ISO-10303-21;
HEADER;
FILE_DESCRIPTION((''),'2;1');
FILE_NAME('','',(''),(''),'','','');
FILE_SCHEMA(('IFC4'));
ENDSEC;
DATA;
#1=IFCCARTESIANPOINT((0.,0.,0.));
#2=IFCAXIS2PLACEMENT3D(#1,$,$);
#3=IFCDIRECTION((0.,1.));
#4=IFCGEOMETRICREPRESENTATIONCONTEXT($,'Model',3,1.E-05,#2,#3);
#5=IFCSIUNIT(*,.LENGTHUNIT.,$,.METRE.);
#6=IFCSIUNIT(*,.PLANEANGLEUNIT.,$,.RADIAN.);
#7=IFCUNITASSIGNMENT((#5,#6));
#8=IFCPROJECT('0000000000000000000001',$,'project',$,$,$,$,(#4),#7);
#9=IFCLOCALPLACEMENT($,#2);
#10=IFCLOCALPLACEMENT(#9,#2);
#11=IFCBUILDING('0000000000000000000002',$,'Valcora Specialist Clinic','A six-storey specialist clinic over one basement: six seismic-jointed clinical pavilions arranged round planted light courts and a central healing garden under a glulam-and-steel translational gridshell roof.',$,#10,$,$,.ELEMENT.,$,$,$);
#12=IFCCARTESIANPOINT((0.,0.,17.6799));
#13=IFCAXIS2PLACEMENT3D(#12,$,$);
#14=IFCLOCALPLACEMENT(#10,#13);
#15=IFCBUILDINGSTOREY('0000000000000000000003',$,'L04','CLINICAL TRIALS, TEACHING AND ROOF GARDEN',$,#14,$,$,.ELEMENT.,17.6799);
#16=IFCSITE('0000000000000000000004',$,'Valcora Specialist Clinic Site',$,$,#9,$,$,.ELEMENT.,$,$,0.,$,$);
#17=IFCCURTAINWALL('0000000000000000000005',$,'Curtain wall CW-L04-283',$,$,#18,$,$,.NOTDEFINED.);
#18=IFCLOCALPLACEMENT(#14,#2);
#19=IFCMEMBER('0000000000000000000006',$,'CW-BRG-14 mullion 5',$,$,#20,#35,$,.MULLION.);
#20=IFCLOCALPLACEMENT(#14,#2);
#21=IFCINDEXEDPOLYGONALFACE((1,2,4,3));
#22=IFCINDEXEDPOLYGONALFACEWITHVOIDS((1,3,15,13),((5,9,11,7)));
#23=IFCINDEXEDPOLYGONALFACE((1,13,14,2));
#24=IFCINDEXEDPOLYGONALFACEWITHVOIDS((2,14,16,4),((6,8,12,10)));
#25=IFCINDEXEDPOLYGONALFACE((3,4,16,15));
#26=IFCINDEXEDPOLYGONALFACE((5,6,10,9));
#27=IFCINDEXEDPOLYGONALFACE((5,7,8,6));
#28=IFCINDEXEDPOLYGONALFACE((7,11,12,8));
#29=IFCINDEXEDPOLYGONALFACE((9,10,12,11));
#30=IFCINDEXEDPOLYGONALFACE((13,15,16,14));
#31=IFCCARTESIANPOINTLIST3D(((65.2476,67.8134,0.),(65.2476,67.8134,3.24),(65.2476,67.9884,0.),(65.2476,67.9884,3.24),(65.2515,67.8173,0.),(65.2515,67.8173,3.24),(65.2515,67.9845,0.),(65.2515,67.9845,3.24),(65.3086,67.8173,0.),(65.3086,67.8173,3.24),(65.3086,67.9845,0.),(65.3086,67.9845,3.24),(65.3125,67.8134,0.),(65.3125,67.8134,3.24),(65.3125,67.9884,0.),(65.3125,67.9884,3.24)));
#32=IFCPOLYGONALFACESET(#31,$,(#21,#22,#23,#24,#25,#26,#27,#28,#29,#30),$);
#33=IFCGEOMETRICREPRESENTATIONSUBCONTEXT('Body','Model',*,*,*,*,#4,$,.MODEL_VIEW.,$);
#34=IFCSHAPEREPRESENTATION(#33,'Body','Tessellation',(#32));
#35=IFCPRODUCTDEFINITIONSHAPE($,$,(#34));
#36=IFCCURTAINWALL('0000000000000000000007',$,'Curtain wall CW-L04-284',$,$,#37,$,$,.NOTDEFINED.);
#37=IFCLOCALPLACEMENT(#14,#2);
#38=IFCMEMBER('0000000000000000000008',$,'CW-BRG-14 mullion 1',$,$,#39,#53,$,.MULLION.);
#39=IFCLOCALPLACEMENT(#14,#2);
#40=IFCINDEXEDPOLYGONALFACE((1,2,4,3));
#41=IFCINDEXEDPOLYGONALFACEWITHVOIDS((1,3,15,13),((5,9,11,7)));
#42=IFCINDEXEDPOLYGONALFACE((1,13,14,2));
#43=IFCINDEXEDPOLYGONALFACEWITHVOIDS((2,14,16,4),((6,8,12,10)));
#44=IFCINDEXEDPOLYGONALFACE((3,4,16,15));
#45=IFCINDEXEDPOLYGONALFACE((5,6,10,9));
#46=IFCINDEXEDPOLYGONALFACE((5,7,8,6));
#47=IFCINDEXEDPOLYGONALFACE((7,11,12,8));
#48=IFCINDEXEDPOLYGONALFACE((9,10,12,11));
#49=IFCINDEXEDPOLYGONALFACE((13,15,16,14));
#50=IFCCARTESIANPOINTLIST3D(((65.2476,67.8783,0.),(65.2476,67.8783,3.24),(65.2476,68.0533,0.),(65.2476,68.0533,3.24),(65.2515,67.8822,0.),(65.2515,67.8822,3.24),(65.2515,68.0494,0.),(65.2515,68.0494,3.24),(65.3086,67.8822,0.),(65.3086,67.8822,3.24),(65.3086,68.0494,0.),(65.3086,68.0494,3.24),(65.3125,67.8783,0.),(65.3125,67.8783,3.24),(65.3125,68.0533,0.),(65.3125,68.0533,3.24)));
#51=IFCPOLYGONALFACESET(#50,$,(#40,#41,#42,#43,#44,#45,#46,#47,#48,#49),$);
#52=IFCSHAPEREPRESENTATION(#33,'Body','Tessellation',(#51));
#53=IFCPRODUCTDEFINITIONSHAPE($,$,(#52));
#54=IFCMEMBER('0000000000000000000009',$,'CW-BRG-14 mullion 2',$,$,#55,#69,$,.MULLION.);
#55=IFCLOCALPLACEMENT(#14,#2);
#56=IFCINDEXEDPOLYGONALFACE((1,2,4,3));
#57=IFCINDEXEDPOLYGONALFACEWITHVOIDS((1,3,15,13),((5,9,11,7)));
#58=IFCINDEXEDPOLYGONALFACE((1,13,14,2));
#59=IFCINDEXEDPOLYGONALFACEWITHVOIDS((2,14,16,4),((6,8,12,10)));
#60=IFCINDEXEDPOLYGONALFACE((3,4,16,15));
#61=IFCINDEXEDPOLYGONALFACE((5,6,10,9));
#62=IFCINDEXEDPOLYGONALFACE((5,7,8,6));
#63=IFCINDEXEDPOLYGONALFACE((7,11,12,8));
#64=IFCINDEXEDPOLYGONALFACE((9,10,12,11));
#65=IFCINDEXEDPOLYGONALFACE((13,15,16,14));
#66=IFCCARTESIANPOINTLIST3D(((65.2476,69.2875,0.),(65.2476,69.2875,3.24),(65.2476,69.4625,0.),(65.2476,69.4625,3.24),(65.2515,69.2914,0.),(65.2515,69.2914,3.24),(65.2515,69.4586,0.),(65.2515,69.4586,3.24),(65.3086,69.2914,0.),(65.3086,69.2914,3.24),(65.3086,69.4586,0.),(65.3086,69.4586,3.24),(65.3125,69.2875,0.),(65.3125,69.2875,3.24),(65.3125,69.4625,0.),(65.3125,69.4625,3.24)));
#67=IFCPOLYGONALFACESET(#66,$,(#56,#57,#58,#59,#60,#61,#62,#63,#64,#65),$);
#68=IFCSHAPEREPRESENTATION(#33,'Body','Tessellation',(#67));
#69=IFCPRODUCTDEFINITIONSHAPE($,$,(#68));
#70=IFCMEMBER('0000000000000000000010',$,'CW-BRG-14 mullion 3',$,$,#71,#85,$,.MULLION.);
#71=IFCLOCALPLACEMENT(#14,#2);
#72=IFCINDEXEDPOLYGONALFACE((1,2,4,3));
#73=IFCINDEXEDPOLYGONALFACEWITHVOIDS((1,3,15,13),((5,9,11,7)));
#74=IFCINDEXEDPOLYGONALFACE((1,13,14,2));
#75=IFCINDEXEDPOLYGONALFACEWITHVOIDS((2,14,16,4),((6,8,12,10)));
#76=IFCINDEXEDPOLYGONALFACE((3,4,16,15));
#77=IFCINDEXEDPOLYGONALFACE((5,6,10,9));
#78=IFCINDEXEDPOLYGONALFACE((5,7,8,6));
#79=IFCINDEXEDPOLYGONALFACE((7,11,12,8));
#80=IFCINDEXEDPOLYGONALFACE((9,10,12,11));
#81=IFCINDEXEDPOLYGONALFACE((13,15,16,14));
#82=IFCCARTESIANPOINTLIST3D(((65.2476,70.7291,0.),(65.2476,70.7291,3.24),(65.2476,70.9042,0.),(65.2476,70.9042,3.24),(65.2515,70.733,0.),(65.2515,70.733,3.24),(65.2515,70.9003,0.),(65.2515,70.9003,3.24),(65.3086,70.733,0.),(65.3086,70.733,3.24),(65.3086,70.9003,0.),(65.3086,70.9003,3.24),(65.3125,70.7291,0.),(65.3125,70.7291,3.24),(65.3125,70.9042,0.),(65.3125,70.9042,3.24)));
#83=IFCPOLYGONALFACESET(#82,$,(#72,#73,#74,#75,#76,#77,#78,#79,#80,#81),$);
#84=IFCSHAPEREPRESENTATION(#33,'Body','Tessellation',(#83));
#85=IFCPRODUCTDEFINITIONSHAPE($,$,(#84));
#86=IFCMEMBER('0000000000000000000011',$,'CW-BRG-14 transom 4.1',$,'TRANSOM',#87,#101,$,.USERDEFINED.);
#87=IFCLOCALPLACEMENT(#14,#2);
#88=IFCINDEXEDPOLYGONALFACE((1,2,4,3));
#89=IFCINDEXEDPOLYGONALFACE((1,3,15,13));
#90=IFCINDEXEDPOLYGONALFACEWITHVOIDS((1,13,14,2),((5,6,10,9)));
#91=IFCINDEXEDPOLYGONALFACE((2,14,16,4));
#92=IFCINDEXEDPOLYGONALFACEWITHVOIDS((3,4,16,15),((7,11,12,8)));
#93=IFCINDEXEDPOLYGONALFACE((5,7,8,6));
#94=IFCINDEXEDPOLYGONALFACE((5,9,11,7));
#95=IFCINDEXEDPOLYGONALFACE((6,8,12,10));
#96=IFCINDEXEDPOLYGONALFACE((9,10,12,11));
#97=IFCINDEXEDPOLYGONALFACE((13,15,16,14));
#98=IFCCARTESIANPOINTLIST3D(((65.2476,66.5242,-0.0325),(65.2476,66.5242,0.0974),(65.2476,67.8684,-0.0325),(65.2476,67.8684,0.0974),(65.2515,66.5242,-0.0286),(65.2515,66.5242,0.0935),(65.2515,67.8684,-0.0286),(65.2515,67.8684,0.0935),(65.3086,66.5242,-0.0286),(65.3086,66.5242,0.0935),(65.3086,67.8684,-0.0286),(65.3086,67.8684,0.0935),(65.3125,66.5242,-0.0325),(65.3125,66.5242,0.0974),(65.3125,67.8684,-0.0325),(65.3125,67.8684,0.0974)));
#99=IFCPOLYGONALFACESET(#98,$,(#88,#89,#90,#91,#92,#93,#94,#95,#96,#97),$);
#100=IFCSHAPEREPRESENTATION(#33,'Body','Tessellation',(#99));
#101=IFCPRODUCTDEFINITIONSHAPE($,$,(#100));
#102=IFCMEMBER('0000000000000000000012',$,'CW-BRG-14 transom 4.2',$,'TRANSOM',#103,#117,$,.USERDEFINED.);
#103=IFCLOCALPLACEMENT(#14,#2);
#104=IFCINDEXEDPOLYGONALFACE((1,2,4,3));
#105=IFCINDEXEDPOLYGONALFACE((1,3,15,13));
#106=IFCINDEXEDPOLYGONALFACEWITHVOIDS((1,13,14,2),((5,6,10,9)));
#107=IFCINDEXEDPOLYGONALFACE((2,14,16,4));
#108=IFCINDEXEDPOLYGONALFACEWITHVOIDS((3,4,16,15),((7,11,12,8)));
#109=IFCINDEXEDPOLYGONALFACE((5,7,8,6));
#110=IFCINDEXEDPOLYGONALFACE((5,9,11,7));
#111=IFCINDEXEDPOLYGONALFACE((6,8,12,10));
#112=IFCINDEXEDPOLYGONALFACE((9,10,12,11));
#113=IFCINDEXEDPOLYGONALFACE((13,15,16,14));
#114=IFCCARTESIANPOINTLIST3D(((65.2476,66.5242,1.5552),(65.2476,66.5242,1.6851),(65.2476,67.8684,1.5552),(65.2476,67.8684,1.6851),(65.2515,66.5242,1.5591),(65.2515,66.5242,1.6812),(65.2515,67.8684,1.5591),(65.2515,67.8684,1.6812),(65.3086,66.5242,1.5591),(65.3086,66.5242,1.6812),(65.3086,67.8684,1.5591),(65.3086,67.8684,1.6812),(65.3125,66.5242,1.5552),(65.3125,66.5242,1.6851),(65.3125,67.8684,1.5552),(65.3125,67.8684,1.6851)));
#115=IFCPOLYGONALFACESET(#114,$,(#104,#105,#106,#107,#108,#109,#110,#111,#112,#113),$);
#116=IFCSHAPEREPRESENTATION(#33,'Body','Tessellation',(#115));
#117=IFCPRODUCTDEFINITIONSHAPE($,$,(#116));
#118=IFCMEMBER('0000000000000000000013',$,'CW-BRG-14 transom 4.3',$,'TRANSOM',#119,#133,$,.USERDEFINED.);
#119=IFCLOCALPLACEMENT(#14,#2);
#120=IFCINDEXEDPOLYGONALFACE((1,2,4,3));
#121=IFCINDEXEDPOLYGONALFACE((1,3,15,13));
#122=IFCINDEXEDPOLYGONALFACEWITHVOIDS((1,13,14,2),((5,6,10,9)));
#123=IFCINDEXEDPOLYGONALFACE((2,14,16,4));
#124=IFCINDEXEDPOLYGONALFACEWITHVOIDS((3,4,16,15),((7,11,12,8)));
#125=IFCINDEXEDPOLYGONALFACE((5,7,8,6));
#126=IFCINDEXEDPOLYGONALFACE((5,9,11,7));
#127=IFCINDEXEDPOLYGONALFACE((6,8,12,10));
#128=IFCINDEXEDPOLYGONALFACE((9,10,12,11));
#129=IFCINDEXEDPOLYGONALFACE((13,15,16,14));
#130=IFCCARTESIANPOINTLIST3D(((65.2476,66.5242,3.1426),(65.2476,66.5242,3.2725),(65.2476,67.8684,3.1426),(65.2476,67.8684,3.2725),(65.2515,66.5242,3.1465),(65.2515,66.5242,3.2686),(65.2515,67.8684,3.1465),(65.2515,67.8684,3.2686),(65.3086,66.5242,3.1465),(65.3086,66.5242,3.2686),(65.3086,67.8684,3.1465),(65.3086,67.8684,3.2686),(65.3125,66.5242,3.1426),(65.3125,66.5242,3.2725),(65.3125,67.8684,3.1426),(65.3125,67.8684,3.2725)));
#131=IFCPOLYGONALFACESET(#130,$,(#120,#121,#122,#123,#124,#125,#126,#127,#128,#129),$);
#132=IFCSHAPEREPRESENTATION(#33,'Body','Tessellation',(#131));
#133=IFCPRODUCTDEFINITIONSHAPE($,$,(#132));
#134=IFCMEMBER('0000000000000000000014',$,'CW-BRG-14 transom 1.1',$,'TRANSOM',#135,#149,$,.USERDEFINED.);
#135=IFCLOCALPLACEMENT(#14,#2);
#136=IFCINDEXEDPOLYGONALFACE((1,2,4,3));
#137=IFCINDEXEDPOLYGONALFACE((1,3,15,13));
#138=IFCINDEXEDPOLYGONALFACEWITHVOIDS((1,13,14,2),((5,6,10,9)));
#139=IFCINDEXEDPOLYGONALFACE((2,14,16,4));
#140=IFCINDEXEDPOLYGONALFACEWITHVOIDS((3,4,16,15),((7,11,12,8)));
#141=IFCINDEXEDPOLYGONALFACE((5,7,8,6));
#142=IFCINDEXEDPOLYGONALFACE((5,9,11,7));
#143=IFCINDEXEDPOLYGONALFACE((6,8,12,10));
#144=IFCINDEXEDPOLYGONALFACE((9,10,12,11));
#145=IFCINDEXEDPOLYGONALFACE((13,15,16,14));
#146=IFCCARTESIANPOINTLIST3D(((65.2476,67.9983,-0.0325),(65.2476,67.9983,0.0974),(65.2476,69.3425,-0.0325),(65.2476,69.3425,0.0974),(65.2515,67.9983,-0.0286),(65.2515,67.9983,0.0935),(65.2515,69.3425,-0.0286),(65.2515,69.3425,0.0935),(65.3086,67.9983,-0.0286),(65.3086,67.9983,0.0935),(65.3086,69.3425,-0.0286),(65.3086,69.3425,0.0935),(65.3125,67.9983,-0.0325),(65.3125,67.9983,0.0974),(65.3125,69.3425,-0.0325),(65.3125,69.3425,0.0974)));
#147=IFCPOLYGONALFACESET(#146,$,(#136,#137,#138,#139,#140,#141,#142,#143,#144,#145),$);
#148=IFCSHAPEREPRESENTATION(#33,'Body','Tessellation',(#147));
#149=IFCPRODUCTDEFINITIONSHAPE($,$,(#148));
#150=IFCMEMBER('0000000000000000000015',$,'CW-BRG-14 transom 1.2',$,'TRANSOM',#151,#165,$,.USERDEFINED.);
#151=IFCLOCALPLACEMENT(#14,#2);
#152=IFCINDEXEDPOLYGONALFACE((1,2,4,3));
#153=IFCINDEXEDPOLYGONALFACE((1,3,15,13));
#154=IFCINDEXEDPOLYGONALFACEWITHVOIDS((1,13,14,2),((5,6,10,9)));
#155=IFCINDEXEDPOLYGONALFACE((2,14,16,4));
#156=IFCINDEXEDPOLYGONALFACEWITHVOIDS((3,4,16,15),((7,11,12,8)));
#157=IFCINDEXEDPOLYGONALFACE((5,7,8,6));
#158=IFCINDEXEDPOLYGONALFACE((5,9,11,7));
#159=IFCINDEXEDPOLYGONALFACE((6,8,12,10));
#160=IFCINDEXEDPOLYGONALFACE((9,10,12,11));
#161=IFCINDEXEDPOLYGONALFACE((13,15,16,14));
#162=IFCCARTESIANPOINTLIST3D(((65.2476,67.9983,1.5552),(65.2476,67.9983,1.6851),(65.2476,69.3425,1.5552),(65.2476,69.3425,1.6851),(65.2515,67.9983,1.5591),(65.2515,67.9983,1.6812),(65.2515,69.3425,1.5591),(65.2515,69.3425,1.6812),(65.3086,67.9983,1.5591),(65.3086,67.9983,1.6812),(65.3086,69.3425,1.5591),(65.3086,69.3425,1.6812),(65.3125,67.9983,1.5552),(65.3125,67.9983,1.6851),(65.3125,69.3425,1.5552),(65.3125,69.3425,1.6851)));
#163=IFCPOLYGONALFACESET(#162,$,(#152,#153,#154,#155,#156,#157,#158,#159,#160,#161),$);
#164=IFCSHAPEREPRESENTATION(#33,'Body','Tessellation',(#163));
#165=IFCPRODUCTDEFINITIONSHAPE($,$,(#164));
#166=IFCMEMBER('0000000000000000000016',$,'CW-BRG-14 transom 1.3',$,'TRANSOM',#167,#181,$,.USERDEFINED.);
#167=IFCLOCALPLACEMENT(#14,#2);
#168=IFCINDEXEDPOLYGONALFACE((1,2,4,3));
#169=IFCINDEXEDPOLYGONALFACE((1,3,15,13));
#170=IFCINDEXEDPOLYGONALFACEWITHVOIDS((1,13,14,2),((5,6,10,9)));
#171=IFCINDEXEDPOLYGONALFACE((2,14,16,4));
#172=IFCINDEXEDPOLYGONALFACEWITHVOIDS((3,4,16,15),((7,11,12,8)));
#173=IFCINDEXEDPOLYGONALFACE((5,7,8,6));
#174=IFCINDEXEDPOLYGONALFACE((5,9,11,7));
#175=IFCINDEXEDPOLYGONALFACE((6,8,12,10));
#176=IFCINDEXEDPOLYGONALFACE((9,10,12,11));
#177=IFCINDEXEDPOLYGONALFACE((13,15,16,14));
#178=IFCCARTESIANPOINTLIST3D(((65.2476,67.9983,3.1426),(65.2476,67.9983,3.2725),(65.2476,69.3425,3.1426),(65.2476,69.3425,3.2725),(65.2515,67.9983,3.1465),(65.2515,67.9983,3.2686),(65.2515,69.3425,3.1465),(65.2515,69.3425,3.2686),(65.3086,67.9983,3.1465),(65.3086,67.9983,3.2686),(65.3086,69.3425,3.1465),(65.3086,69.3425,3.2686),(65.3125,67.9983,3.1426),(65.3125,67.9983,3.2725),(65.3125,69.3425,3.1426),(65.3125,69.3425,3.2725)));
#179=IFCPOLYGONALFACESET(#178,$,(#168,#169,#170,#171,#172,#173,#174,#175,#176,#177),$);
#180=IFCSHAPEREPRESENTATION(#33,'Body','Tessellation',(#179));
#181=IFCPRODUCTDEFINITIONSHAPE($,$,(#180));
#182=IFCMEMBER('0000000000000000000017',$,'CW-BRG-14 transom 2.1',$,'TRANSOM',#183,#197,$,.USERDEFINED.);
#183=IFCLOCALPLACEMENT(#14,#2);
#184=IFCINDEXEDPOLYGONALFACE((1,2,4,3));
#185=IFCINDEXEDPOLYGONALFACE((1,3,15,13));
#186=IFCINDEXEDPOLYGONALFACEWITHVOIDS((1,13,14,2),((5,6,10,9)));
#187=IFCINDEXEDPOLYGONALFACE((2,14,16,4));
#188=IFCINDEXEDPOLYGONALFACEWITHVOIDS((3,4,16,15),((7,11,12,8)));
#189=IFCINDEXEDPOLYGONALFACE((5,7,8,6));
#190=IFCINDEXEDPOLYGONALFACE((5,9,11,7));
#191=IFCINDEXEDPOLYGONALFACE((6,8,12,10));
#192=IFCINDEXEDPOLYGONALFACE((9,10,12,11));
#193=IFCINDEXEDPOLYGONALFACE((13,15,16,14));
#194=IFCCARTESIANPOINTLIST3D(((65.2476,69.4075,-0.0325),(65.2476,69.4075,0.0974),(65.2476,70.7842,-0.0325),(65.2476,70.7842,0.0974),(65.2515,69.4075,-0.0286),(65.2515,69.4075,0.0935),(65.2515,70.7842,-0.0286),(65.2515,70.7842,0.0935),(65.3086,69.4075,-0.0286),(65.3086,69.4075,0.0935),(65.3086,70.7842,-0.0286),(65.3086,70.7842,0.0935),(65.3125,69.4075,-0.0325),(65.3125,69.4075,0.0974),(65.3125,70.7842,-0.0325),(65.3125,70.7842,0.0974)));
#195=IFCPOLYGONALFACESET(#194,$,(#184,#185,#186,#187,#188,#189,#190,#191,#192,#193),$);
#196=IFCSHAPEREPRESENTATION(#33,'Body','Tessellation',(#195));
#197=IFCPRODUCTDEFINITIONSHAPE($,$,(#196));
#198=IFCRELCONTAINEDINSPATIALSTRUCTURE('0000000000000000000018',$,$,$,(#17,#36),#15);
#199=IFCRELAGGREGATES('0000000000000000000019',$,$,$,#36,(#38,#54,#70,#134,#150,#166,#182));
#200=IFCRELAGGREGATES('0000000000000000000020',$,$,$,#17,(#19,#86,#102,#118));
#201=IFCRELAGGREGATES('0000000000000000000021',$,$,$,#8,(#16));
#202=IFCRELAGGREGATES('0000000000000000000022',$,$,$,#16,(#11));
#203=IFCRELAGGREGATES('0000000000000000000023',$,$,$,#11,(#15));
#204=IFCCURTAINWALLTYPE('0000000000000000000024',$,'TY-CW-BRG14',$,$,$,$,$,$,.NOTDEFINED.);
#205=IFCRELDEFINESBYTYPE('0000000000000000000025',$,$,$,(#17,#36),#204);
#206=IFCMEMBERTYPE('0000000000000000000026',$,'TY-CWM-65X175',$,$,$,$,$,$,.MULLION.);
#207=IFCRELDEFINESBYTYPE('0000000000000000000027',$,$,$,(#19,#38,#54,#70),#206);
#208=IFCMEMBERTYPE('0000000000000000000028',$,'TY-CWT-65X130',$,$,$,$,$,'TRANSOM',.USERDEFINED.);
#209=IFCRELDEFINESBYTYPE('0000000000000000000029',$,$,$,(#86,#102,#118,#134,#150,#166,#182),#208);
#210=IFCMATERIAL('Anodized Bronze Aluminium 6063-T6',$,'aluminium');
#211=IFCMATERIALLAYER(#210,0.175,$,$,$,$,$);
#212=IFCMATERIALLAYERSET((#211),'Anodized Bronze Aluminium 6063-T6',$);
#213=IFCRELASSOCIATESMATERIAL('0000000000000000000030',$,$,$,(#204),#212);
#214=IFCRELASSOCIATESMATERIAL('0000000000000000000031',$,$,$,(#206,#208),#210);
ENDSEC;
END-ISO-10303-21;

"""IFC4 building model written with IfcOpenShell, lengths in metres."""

from ifc_helpers import new_model, si_unit, direction, frame, origin, origin_2d, place, context, subcontext, project, spatial, hollow_rectangle, extrude, material, layer, layer_set, material_profile, profile_set, type_object, element, aggregate, save


model = new_model("IFC4")

# Units and contexts
model_context = context("Model", 3, precision=1e-05, world=origin(), true_north=direction((0.0, 1.0)))
body_context = subcontext(model_context, "Body", "Model", "MODEL_VIEW")
ifc_project = project(units=[si_unit("LENGTHUNIT", "METRE"), si_unit("PLANEANGLEUNIT", "RADIAN")], contexts=[model_context])

# Site, building, storey
site_placement = place(None, origin())
site = spatial("IfcSite", under=ifc_project, at=site_placement, Name="Valcora Specialist Clinic Site", CompositionType="ELEMENT", RefElevation=0.0)
building_placement = place(site_placement, origin())
building = spatial("IfcBuilding", under=site, at=building_placement, Name="Valcora Specialist Clinic", Description="A six-storey specialist clinic over one basement: six seismic-jointed clinical pavilions arranged round planted light courts and a central healing garden under a glulam-and-steel translational gridshell roof.", CompositionType="ELEMENT")
storey_placement = place(building_placement, frame((0.0, 0.0, 17.6799)))
storey = spatial("IfcBuildingStorey", under=building, at=storey_placement, Name="L04", Description="CLINICAL TRIALS, TEACHING AND ROOF GARDEN", CompositionType="ELEMENT", Elevation=17.6799)

# Curtain wall, member
ifc_material_1 = material(Name="Anodized Bronze Aluminium 6063-T6", Category="aluminium")
ifc_layer_1 = layer(ifc_material_1, 0.175)
ifc_layer_set_1 = layer_set([ifc_layer_1], Name="Anodized Bronze Aluminium 6063-T6")
curtain_wall_type = type_object("IfcCurtainWallType", Name="TY-CW-BRG14", PredefinedType="NOTDEFINED", material=ifc_layer_set_1)
curtain_wall_1_placement = place(storey_placement, origin())
curtain_wall_1 = element("IfcCurtainWall", 1, at=curtain_wall_1_placement, inside=storey, type_object=curtain_wall_type, Name="Curtain wall CW-L04-283", PredefinedType="NOTDEFINED")
ifc_material_profile_1 = material_profile(ifc_material_1, hollow_rectangle(XDim=0.0649, YDim=0.175, WallThickness=0.0039, at=origin_2d()), Name="AL-MUL-65X175")
ifc_profile_set_1 = profile_set([ifc_material_profile_1], Name="Anodized Bronze Aluminium 6063-T6")
member_type_1 = type_object("IfcMemberType", Name="TY-CWM-65X175", PredefinedType="MULLION", material=ifc_profile_set_1)
member_1_placement = place(storey_placement, frame((65.28, 67.9009, 0.0), z_axis=(0.0, 0.0, 1.0), x_axis=(-1.0, 0.0, 0.0)))
member_1 = element("IfcMember", 2, at=member_1_placement, type_object=member_type_1, Name="CW-BRG-14 mullion 5", PredefinedType="MULLION", context=body_context, shape_type="SweptSolid", body=[
    extrude(hollow_rectangle(XDim=0.0649, YDim=0.175, WallThickness=0.0039, at=origin_2d()), origin(), (0.0, 0.0, 1.0), 3.24),
])

# Curtain wall, members
curtain_wall_2_placement = place(storey_placement, origin())
curtain_wall_2 = element("IfcCurtainWall", 3, at=curtain_wall_2_placement, inside=storey, type_object=curtain_wall_type, Name="Curtain wall CW-L04-284", PredefinedType="NOTDEFINED")
member_2_placement = place(storey_placement, frame((65.28, 67.9658, 0.0), z_axis=(0.0, 0.0, 1.0), x_axis=(-1.0, 0.0, 0.0)))
member_2 = element("IfcMember", 4, at=member_2_placement, type_object=member_type_1, Name="CW-BRG-14 mullion 1", PredefinedType="MULLION", context=body_context, shape_type="SweptSolid", body=[
    extrude(hollow_rectangle(XDim=0.0649, YDim=0.175, WallThickness=0.0039, at=origin_2d()), origin(), (0.0, 0.0, 1.0), 3.24),
])
member_3_placement = place(storey_placement, frame((65.28, 69.375, 0.0), z_axis=(0.0, 0.0, 1.0), x_axis=(-1.0, 0.0, 0.0)))
member_3 = element("IfcMember", 5, at=member_3_placement, type_object=member_type_1, Name="CW-BRG-14 mullion 2", PredefinedType="MULLION", context=body_context, shape_type="SweptSolid", body=[
    extrude(hollow_rectangle(XDim=0.0649, YDim=0.175, WallThickness=0.0039, at=origin_2d()), origin(), (0.0, 0.0, 1.0), 3.24),
])
member_4_placement = place(storey_placement, frame((65.28, 70.8167, 0.0), z_axis=(0.0, 0.0, 1.0), x_axis=(-1.0, 0.0, 0.0)))
member_4 = element("IfcMember", 6, at=member_4_placement, type_object=member_type_1, Name="CW-BRG-14 mullion 3", PredefinedType="MULLION", context=body_context, shape_type="SweptSolid", body=[
    extrude(hollow_rectangle(XDim=0.0649, YDim=0.175, WallThickness=0.0039, at=origin_2d()), origin(), (0.0, 0.0, 1.0), 3.24),
])

# Members
ifc_material_profile_2 = material_profile(ifc_material_1, hollow_rectangle(XDim=0.0649, YDim=0.1299, WallThickness=0.0039, at=origin_2d()), Name="AL-TRN-65X130")
ifc_profile_set_2 = profile_set([ifc_material_profile_2], Name="Anodized Bronze Aluminium 6063-T6")
member_type_2 = type_object("IfcMemberType", Name="TY-CWT-65X130", ElementType="TRANSOM", PredefinedType="USERDEFINED", material=ifc_profile_set_2)
member_5_placement = place(storey_placement, frame((65.28, 66.5242, 0.0325), z_axis=(0.0, 1.0, 0.0), x_axis=(-1.0, 0.0, 0.0)))
member_5 = element("IfcMember", 7, at=member_5_placement, type_object=member_type_2, Name="CW-BRG-14 transom 4.1", ObjectType="TRANSOM", PredefinedType="USERDEFINED", context=body_context, shape_type="SweptSolid", body=[
    extrude(hollow_rectangle(XDim=0.0649, YDim=0.1299, WallThickness=0.0039, at=origin_2d()), origin(), (0.0, 0.0, 1.0), 1.3442),
])
member_6_placement = place(storey_placement, frame((65.28, 66.5242, 1.6201), z_axis=(0.0, 1.0, 0.0), x_axis=(-1.0, 0.0, 0.0)))
member_6 = element("IfcMember", 8, at=member_6_placement, type_object=member_type_2, Name="CW-BRG-14 transom 4.2", ObjectType="TRANSOM", PredefinedType="USERDEFINED", context=body_context, shape_type="SweptSolid", body=[
    extrude(hollow_rectangle(XDim=0.0649, YDim=0.1299, WallThickness=0.0039, at=origin_2d()), origin(), (0.0, 0.0, 1.0), 1.3442),
])
member_7_placement = place(storey_placement, frame((65.28, 66.5242, 3.2075), z_axis=(0.0, 1.0, 0.0), x_axis=(-1.0, 0.0, 0.0)))
member_7 = element("IfcMember", 9, at=member_7_placement, type_object=member_type_2, Name="CW-BRG-14 transom 4.3", ObjectType="TRANSOM", PredefinedType="USERDEFINED", context=body_context, shape_type="SweptSolid", body=[
    extrude(hollow_rectangle(XDim=0.0649, YDim=0.1299, WallThickness=0.0039, at=origin_2d()), origin(), (0.0, 0.0, 1.0), 1.3442),
])
member_8_placement = place(storey_placement, frame((65.28, 67.9983, 0.0325), z_axis=(0.0, 1.0, 0.0), x_axis=(-1.0, 0.0, 0.0)))
member_8 = element("IfcMember", 10, at=member_8_placement, type_object=member_type_2, Name="CW-BRG-14 transom 1.1", ObjectType="TRANSOM", PredefinedType="USERDEFINED", context=body_context, shape_type="SweptSolid", body=[
    extrude(hollow_rectangle(XDim=0.0649, YDim=0.1299, WallThickness=0.0039, at=origin_2d()), origin(), (0.0, 0.0, 1.0), 1.3442),
])
member_9_placement = place(storey_placement, frame((65.28, 67.9983, 1.6201), z_axis=(0.0, 1.0, 0.0), x_axis=(-1.0, 0.0, 0.0)))
member_9 = element("IfcMember", 11, at=member_9_placement, type_object=member_type_2, Name="CW-BRG-14 transom 1.2", ObjectType="TRANSOM", PredefinedType="USERDEFINED", context=body_context, shape_type="SweptSolid", body=[
    extrude(hollow_rectangle(XDim=0.0649, YDim=0.1299, WallThickness=0.0039, at=origin_2d()), origin(), (0.0, 0.0, 1.0), 1.3442),
])
member_10_placement = place(storey_placement, frame((65.28, 67.9983, 3.2075), z_axis=(0.0, 1.0, 0.0), x_axis=(-1.0, 0.0, 0.0)))
member_10 = element("IfcMember", 12, at=member_10_placement, type_object=member_type_2, Name="CW-BRG-14 transom 1.3", ObjectType="TRANSOM", PredefinedType="USERDEFINED", context=body_context, shape_type="SweptSolid", body=[
    extrude(hollow_rectangle(XDim=0.0649, YDim=0.1299, WallThickness=0.0039, at=origin_2d()), origin(), (0.0, 0.0, 1.0), 1.3442),
])
member_11_placement = place(storey_placement, frame((65.28, 69.4075, 0.0325), z_axis=(0.0, 1.0, 0.0), x_axis=(-1.0, 0.0, 0.0)))
member_11 = element("IfcMember", 13, at=member_11_placement, type_object=member_type_2, Name="CW-BRG-14 transom 2.1", ObjectType="TRANSOM", PredefinedType="USERDEFINED", context=body_context, shape_type="SweptSolid", body=[
    extrude(hollow_rectangle(XDim=0.0649, YDim=0.1299, WallThickness=0.0039, at=origin_2d()), origin(), (0.0, 0.0, 1.0), 1.3767),
])

aggregate(curtain_wall_2, [member_2, member_3, member_4, member_8, member_9, member_10, member_11])
aggregate(curtain_wall_1, [member_1, member_5, member_6, member_7])

save(model, "model.ifc")
